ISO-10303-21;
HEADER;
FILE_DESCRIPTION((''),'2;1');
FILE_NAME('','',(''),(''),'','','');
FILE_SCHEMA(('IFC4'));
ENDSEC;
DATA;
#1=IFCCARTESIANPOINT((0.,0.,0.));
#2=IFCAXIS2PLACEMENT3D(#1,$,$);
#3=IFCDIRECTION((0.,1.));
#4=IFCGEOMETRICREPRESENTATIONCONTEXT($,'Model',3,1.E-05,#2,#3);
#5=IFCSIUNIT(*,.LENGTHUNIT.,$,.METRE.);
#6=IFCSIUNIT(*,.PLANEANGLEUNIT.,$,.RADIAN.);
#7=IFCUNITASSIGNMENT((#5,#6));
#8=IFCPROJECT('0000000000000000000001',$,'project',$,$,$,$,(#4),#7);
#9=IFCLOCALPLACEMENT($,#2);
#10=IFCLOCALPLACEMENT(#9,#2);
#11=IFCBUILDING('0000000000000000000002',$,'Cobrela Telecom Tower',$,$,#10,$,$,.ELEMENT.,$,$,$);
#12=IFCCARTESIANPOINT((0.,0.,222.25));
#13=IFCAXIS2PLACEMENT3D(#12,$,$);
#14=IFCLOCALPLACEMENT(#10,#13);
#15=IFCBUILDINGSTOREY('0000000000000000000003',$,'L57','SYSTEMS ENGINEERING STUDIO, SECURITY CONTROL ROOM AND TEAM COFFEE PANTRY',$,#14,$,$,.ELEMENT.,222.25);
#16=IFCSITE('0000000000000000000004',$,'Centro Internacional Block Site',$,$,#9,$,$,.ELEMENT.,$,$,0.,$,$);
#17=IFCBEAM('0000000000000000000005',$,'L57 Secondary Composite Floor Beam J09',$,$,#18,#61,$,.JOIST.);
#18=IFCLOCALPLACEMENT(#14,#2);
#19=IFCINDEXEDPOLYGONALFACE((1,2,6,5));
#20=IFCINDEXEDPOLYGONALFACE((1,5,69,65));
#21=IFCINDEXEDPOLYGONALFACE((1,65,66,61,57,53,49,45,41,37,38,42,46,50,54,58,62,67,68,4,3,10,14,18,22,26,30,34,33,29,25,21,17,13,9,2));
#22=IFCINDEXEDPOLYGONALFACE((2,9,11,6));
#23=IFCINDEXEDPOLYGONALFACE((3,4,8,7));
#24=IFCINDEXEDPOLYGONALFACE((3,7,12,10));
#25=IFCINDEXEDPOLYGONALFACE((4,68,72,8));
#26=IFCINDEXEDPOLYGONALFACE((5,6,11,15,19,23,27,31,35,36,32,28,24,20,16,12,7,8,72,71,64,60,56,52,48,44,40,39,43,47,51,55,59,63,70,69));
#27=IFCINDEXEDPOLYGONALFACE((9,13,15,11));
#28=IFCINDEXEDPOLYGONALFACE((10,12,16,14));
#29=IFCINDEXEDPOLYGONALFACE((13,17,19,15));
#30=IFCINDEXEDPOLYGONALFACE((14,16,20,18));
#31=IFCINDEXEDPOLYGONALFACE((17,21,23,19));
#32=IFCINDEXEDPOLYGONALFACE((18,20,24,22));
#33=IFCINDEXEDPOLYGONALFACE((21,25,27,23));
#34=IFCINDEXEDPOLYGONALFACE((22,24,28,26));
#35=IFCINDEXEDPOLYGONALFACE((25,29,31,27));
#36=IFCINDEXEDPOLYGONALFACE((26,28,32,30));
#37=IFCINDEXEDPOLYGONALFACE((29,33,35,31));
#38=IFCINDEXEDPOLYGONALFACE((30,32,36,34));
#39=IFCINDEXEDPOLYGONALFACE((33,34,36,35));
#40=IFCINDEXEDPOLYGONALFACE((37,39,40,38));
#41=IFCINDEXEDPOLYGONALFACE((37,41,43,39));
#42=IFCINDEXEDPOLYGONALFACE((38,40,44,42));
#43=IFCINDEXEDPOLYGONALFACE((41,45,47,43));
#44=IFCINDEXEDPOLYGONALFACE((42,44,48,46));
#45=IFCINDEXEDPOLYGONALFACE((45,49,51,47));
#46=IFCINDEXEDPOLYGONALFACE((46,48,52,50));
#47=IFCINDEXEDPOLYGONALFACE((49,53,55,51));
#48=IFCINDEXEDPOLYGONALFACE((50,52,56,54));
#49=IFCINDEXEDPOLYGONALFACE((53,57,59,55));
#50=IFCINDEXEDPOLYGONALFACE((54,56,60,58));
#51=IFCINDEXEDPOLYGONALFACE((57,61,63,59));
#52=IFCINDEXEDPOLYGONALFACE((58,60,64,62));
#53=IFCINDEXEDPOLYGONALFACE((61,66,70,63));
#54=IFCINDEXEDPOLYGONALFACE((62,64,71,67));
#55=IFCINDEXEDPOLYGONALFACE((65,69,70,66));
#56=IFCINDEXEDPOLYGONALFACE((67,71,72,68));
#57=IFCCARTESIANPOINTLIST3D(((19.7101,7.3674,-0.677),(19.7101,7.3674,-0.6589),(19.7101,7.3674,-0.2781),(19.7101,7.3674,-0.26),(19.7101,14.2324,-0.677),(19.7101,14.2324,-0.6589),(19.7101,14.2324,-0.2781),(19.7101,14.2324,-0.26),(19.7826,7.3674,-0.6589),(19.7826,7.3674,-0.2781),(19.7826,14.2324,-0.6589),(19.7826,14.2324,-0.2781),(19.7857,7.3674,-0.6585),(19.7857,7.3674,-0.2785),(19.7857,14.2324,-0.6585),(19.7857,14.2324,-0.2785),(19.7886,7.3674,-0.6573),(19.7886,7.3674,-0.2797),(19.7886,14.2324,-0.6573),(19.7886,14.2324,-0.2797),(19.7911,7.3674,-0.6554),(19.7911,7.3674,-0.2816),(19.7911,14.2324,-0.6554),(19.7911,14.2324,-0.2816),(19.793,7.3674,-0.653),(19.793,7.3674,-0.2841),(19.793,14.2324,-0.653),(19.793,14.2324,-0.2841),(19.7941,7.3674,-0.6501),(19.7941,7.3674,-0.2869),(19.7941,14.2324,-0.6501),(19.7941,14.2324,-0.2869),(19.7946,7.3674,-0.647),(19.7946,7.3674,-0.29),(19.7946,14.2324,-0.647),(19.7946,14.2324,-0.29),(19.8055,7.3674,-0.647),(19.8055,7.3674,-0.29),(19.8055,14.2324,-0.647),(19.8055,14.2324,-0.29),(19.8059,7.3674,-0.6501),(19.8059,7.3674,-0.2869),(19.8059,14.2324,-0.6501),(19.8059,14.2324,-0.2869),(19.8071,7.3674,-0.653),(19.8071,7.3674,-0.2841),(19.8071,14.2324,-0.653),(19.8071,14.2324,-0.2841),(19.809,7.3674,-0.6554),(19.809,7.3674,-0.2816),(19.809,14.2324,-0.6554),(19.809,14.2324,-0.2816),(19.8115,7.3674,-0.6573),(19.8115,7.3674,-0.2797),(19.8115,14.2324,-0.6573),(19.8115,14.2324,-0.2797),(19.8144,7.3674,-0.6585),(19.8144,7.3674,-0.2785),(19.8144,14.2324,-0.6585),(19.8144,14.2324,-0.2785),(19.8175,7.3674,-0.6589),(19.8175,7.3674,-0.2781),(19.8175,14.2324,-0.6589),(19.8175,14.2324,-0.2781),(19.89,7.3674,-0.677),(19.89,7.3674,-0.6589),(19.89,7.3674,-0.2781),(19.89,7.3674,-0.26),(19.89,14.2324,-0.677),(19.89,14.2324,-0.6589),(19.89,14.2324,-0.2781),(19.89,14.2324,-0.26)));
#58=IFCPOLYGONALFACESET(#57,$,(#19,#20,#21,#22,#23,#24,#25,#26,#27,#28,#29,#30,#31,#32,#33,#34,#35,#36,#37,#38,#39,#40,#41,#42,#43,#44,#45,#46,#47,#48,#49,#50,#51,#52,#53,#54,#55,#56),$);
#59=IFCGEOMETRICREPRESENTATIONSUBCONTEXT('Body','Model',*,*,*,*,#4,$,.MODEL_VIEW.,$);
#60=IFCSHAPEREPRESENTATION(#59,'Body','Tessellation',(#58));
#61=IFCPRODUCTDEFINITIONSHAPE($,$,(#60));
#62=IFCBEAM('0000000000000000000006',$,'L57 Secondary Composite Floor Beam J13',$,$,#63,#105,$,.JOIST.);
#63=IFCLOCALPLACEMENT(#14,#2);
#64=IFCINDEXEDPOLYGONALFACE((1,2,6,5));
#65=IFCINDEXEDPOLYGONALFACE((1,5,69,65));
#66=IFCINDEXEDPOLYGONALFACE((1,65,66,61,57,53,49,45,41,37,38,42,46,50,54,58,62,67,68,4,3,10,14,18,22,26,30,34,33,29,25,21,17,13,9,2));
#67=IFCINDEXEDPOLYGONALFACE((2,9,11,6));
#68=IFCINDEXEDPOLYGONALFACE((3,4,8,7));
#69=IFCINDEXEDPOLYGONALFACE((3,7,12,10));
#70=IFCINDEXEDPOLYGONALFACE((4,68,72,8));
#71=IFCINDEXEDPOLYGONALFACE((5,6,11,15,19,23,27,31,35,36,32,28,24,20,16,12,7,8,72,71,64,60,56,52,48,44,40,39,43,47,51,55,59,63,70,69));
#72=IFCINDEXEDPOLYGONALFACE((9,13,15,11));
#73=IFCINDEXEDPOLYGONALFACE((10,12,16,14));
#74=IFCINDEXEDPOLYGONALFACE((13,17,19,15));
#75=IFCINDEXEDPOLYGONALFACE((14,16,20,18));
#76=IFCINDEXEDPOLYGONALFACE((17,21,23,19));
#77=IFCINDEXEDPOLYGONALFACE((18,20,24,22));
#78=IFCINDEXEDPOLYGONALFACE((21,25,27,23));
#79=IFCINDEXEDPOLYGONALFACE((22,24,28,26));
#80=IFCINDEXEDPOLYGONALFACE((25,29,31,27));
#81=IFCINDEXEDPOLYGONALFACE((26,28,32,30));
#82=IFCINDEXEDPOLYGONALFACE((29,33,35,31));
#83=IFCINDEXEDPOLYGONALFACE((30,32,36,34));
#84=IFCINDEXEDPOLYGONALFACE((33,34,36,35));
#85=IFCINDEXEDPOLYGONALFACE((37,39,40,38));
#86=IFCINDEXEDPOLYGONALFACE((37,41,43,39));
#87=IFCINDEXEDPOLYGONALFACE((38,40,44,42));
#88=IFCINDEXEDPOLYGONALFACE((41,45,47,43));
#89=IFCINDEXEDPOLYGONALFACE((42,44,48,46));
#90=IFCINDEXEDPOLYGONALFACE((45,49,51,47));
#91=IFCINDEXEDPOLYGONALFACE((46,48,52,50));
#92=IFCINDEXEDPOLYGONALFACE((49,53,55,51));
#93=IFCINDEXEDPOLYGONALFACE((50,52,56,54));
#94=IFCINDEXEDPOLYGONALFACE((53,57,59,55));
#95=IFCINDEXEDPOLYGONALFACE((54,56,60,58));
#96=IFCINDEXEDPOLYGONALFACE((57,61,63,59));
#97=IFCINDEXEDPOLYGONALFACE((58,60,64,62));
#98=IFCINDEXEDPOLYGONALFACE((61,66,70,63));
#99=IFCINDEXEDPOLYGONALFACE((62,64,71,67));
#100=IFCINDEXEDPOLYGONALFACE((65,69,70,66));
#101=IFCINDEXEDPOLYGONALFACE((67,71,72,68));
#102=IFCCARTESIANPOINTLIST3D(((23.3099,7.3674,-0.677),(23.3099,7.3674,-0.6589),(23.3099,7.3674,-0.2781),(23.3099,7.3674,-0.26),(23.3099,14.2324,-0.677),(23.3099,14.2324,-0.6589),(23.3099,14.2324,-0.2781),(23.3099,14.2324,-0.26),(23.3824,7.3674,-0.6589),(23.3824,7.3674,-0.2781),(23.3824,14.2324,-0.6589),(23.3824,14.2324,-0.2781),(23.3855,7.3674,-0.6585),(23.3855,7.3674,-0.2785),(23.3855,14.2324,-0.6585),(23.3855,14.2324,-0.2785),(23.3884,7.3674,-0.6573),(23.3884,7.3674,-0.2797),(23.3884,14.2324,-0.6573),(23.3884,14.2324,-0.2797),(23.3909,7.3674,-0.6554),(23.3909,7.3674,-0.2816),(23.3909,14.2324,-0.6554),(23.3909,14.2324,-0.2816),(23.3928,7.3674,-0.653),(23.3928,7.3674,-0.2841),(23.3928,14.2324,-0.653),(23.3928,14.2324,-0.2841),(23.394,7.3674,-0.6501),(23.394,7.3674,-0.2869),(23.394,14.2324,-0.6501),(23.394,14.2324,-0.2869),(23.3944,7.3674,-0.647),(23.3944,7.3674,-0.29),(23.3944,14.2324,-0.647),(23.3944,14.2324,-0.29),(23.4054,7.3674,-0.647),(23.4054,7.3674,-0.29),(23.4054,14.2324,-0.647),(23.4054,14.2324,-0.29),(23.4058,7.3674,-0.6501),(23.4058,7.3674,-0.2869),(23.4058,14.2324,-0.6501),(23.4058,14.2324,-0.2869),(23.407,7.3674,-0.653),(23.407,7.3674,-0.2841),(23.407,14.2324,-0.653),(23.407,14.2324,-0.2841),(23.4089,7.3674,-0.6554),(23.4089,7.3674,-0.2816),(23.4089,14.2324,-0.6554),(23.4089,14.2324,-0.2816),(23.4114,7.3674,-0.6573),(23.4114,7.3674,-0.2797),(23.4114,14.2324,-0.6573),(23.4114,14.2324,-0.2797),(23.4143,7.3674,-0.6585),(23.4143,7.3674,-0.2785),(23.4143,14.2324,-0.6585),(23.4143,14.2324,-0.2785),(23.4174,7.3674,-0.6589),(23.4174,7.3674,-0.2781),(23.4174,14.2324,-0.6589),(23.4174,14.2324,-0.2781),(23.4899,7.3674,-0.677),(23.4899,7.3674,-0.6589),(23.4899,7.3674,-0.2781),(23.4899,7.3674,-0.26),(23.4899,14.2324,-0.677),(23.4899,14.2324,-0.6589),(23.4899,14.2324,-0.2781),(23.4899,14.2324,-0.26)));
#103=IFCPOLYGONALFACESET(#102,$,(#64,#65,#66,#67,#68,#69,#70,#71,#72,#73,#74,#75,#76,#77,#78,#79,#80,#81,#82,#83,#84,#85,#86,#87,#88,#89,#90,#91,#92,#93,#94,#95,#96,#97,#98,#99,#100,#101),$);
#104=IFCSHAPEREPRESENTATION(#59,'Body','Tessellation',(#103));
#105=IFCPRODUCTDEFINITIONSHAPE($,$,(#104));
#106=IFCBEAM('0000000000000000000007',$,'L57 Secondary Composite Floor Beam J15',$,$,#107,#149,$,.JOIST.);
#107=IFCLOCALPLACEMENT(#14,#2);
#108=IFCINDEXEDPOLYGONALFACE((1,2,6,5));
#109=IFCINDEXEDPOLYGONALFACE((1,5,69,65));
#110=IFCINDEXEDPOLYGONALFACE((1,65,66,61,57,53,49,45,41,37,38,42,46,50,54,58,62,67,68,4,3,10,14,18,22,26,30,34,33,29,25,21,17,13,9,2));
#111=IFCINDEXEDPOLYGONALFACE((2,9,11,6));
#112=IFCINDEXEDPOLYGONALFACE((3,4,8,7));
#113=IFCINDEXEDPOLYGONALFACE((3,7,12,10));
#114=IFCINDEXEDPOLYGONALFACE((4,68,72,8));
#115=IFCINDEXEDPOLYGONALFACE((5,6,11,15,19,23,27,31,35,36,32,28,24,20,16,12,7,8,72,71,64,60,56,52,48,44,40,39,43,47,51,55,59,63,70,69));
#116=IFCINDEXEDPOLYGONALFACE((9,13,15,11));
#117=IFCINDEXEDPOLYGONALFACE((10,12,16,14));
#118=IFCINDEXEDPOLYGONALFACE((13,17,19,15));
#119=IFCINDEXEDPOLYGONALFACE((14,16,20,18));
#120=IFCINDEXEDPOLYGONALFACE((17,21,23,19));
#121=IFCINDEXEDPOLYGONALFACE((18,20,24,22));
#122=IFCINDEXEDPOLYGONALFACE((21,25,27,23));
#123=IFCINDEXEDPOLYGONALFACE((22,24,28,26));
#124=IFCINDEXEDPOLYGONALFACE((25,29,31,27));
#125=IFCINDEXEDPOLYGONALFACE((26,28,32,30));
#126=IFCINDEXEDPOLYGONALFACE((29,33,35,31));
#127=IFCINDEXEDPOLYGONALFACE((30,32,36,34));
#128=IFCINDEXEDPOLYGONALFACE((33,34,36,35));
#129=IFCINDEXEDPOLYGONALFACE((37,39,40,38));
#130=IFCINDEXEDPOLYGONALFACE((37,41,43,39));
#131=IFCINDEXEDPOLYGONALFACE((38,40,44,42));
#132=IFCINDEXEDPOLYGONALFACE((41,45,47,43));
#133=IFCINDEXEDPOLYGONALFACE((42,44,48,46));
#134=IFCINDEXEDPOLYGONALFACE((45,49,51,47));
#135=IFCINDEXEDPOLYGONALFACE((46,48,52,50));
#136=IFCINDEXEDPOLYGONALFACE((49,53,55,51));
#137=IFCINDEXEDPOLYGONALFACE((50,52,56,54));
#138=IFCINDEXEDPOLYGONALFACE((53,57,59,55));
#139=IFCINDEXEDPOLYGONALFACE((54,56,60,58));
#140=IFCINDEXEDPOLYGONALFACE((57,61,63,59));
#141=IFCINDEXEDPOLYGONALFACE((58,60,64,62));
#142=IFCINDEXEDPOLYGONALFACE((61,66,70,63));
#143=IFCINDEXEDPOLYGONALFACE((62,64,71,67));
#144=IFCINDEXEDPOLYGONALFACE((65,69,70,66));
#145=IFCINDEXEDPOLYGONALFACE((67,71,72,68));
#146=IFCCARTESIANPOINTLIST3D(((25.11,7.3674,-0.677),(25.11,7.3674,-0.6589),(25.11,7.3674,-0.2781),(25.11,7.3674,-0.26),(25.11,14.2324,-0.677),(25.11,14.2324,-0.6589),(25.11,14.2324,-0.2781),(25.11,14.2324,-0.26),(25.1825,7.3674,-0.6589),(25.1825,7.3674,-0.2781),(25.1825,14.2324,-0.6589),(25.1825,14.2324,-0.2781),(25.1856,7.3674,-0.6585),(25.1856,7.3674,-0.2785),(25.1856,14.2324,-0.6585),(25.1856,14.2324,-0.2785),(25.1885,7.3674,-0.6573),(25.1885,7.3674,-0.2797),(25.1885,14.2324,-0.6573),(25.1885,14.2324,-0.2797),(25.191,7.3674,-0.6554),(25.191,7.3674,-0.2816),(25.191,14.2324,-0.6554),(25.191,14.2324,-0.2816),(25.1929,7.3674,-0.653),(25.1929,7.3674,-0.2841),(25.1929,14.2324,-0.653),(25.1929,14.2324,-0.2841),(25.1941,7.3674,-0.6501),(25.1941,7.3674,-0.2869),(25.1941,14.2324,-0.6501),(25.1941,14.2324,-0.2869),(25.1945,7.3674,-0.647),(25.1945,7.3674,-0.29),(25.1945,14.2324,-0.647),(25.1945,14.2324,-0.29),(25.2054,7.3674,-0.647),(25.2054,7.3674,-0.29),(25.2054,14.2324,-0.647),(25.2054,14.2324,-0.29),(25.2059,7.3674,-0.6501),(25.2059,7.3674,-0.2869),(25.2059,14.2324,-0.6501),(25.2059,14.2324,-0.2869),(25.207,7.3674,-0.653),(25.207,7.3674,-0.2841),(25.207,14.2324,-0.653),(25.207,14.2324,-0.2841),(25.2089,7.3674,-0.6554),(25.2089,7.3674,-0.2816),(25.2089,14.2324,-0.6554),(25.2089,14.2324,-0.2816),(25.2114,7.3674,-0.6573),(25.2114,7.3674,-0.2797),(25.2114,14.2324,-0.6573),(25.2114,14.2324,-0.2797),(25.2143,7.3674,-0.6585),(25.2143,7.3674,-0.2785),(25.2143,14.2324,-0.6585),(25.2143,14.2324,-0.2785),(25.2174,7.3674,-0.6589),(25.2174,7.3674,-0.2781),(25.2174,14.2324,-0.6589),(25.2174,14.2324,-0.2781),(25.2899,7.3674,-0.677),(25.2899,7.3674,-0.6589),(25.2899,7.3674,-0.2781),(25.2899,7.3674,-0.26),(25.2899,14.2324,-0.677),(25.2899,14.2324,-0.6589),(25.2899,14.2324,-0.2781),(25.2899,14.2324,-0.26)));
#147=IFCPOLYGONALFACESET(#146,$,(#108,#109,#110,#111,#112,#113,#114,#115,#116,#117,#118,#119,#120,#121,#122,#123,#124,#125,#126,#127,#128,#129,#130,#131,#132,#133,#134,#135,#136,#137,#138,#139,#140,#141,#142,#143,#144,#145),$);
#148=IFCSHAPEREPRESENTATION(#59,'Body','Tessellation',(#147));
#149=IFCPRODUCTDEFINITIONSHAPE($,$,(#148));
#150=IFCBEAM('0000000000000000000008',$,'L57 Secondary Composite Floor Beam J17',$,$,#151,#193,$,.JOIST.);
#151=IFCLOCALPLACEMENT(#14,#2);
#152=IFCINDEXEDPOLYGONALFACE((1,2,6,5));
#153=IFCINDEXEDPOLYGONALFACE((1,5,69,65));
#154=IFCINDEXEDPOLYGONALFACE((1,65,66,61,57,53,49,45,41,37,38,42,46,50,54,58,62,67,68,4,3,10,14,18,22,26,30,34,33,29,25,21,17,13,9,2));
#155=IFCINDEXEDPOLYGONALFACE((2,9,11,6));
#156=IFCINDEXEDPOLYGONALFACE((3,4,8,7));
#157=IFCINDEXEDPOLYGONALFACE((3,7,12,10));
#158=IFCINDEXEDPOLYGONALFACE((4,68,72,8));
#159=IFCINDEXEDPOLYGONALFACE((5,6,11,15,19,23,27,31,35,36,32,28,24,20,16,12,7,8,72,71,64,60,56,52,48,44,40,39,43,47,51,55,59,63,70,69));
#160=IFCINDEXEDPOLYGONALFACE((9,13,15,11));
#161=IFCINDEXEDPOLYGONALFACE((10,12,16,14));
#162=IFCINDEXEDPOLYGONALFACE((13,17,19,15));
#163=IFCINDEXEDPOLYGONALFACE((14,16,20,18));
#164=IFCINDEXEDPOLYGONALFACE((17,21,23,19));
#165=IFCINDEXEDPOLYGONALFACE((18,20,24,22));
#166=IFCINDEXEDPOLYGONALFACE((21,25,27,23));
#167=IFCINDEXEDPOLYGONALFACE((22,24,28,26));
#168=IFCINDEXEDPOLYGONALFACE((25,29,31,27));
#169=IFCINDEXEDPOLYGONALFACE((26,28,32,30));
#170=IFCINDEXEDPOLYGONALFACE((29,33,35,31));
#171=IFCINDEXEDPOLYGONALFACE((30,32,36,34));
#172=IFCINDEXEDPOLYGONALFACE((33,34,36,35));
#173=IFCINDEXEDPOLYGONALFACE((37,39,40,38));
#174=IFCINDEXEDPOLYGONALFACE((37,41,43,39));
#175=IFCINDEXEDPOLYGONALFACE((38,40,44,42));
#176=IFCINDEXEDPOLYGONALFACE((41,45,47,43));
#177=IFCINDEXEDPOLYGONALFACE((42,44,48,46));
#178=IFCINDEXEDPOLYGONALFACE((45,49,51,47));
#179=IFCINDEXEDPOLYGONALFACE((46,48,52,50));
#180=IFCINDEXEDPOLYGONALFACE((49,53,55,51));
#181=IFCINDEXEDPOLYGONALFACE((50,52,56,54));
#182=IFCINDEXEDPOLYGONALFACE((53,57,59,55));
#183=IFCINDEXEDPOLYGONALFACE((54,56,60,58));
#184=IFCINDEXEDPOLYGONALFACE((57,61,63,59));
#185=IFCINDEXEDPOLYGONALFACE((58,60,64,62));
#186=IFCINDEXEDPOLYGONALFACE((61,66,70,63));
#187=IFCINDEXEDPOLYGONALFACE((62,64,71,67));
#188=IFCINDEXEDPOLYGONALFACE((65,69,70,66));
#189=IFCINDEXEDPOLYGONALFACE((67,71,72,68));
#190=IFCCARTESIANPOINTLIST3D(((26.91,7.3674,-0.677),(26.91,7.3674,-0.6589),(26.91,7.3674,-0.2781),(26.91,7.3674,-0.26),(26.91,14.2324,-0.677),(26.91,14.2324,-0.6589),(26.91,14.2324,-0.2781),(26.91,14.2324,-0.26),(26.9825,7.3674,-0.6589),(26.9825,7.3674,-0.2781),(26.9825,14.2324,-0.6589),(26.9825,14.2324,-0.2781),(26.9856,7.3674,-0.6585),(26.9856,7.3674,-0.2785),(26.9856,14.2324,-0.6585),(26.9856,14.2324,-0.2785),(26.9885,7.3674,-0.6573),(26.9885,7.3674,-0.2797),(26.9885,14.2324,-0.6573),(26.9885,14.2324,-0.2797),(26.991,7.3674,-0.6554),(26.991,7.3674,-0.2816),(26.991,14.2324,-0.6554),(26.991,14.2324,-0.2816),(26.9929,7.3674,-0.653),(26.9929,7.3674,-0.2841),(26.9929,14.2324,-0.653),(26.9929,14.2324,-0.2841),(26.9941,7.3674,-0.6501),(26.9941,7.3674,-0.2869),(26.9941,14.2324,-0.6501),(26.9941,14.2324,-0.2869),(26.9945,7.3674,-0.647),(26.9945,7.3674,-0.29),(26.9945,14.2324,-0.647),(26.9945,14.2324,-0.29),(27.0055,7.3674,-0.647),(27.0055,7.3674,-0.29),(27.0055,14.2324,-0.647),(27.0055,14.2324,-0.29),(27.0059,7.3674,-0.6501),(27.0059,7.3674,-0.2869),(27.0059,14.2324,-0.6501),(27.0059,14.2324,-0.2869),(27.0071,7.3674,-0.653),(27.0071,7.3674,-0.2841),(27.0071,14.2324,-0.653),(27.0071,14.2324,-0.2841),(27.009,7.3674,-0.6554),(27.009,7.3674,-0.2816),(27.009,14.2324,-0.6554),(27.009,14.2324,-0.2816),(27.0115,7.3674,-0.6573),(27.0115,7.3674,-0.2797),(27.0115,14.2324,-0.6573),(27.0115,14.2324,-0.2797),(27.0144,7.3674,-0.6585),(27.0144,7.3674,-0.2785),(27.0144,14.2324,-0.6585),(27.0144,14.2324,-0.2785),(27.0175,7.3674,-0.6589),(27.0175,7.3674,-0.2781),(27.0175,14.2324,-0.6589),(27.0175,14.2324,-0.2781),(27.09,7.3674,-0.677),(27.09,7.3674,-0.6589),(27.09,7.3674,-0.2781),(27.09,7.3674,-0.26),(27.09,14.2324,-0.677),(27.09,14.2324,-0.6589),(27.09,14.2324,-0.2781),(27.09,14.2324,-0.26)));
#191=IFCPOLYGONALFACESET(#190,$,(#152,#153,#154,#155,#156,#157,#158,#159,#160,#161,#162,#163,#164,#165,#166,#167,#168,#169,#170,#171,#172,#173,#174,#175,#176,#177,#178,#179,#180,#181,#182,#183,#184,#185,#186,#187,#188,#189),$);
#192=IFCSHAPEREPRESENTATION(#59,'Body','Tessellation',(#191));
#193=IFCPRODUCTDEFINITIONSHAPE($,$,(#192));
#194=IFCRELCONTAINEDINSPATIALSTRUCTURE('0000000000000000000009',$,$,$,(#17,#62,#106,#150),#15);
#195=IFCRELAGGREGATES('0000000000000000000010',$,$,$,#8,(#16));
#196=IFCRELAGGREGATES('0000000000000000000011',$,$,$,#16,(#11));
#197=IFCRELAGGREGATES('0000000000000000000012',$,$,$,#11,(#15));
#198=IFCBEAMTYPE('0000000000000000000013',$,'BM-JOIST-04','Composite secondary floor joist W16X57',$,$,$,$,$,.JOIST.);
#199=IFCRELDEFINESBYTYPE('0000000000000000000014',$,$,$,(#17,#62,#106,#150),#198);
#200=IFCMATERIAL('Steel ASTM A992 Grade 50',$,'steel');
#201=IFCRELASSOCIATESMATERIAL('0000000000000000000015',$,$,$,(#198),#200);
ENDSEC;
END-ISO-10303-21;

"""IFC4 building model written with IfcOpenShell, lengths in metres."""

from ifc_helpers import new_model, si_unit, direction, frame, origin, origin_2d, place, context, subcontext, project, spatial, i_section, extrude, material, material_profile, profile_set, type_object, element, save


model = new_model("IFC4")

# Units and contexts
model_context = context("Model", 3, precision=1e-05, world=origin(), true_north=direction((0.0, 1.0)))
body_context = subcontext(model_context, "Body", "Model", "MODEL_VIEW")
ifc_project = project(units=[si_unit("LENGTHUNIT", "METRE"), si_unit("PLANEANGLEUNIT", "RADIAN")], contexts=[model_context])

# Site, building, storey
site_placement = place(None, origin())
site = spatial("IfcSite", under=ifc_project, at=site_placement, Name="Centro Internacional Block Site", CompositionType="ELEMENT", RefElevation=0.0)
building_placement = place(site_placement, origin())
building = spatial("IfcBuilding", under=site, at=building_placement, Name="Cobrela Telecom Tower", CompositionType="ELEMENT")
storey_placement = place(building_placement, frame((0.0, 0.0, 222.25)))
storey = spatial("IfcBuildingStorey", under=building, at=storey_placement, Name="L57", Description="SYSTEMS ENGINEERING STUDIO, SECURITY CONTROL ROOM AND TEAM COFFEE PANTRY", CompositionType="ELEMENT", Elevation=222.25)

# Shared definitions
ifc_material_1 = material(Name="Steel ASTM A992 Grade 50", Category="steel")

# Beams
ifc_material_profile_1 = material_profile(ifc_material_1, i_section(OverallWidth=0.1799, OverallDepth=0.417, WebThickness=0.011, FlangeThickness=0.0181, FilletRadius=0.012, at=origin_2d()), Name="W16X57")
ifc_profile_set_1 = profile_set([ifc_material_profile_1], Name="Steel ASTM A992 Grade 50")
beam_type_1 = type_object("IfcBeamType", Name="BM-JOIST-04", Description="Composite secondary floor joist W16X57", PredefinedType="JOIST", material=ifc_profile_set_1)
for number, where, z_axis, x_axis, name in (
    (1, (19.8, 7.3674, -0.4685), (0.0, 1.0, 0.0), (-1.0, 0.0, 0.0), "L57 Secondary Composite Floor Beam J09"),
    (2, (23.3999, 7.3674, -0.4685), (0.0, 1.0, 0.0), (-1.0, 0.0, 0.0), "L57 Secondary Composite Floor Beam J13"),
    (3, (25.2, 7.3674, -0.4685), (0.0, 1.0, 0.0), (-1.0, 0.0, 0.0), "L57 Secondary Composite Floor Beam J15"),
    (4, (27.0, 7.3674, -0.4685), (0.0, 1.0, 0.0), (-1.0, 0.0, 0.0), "L57 Secondary Composite Floor Beam J17"),
):
    element("IfcBeam", number, at=place(storey_placement, frame(where, z_axis=z_axis, x_axis=x_axis)), inside=storey, type_object=beam_type_1, Name=name, PredefinedType="JOIST", context=body_context, shape_type="SweptSolid", body=[
        extrude(i_section(OverallWidth=0.1799, OverallDepth=0.417, WebThickness=0.011, FlangeThickness=0.0181, FilletRadius=0.012, at=origin_2d()), origin(), (0.0, 0.0, 1.0), 6.865),
    ])

save(model, "model.ifc")
